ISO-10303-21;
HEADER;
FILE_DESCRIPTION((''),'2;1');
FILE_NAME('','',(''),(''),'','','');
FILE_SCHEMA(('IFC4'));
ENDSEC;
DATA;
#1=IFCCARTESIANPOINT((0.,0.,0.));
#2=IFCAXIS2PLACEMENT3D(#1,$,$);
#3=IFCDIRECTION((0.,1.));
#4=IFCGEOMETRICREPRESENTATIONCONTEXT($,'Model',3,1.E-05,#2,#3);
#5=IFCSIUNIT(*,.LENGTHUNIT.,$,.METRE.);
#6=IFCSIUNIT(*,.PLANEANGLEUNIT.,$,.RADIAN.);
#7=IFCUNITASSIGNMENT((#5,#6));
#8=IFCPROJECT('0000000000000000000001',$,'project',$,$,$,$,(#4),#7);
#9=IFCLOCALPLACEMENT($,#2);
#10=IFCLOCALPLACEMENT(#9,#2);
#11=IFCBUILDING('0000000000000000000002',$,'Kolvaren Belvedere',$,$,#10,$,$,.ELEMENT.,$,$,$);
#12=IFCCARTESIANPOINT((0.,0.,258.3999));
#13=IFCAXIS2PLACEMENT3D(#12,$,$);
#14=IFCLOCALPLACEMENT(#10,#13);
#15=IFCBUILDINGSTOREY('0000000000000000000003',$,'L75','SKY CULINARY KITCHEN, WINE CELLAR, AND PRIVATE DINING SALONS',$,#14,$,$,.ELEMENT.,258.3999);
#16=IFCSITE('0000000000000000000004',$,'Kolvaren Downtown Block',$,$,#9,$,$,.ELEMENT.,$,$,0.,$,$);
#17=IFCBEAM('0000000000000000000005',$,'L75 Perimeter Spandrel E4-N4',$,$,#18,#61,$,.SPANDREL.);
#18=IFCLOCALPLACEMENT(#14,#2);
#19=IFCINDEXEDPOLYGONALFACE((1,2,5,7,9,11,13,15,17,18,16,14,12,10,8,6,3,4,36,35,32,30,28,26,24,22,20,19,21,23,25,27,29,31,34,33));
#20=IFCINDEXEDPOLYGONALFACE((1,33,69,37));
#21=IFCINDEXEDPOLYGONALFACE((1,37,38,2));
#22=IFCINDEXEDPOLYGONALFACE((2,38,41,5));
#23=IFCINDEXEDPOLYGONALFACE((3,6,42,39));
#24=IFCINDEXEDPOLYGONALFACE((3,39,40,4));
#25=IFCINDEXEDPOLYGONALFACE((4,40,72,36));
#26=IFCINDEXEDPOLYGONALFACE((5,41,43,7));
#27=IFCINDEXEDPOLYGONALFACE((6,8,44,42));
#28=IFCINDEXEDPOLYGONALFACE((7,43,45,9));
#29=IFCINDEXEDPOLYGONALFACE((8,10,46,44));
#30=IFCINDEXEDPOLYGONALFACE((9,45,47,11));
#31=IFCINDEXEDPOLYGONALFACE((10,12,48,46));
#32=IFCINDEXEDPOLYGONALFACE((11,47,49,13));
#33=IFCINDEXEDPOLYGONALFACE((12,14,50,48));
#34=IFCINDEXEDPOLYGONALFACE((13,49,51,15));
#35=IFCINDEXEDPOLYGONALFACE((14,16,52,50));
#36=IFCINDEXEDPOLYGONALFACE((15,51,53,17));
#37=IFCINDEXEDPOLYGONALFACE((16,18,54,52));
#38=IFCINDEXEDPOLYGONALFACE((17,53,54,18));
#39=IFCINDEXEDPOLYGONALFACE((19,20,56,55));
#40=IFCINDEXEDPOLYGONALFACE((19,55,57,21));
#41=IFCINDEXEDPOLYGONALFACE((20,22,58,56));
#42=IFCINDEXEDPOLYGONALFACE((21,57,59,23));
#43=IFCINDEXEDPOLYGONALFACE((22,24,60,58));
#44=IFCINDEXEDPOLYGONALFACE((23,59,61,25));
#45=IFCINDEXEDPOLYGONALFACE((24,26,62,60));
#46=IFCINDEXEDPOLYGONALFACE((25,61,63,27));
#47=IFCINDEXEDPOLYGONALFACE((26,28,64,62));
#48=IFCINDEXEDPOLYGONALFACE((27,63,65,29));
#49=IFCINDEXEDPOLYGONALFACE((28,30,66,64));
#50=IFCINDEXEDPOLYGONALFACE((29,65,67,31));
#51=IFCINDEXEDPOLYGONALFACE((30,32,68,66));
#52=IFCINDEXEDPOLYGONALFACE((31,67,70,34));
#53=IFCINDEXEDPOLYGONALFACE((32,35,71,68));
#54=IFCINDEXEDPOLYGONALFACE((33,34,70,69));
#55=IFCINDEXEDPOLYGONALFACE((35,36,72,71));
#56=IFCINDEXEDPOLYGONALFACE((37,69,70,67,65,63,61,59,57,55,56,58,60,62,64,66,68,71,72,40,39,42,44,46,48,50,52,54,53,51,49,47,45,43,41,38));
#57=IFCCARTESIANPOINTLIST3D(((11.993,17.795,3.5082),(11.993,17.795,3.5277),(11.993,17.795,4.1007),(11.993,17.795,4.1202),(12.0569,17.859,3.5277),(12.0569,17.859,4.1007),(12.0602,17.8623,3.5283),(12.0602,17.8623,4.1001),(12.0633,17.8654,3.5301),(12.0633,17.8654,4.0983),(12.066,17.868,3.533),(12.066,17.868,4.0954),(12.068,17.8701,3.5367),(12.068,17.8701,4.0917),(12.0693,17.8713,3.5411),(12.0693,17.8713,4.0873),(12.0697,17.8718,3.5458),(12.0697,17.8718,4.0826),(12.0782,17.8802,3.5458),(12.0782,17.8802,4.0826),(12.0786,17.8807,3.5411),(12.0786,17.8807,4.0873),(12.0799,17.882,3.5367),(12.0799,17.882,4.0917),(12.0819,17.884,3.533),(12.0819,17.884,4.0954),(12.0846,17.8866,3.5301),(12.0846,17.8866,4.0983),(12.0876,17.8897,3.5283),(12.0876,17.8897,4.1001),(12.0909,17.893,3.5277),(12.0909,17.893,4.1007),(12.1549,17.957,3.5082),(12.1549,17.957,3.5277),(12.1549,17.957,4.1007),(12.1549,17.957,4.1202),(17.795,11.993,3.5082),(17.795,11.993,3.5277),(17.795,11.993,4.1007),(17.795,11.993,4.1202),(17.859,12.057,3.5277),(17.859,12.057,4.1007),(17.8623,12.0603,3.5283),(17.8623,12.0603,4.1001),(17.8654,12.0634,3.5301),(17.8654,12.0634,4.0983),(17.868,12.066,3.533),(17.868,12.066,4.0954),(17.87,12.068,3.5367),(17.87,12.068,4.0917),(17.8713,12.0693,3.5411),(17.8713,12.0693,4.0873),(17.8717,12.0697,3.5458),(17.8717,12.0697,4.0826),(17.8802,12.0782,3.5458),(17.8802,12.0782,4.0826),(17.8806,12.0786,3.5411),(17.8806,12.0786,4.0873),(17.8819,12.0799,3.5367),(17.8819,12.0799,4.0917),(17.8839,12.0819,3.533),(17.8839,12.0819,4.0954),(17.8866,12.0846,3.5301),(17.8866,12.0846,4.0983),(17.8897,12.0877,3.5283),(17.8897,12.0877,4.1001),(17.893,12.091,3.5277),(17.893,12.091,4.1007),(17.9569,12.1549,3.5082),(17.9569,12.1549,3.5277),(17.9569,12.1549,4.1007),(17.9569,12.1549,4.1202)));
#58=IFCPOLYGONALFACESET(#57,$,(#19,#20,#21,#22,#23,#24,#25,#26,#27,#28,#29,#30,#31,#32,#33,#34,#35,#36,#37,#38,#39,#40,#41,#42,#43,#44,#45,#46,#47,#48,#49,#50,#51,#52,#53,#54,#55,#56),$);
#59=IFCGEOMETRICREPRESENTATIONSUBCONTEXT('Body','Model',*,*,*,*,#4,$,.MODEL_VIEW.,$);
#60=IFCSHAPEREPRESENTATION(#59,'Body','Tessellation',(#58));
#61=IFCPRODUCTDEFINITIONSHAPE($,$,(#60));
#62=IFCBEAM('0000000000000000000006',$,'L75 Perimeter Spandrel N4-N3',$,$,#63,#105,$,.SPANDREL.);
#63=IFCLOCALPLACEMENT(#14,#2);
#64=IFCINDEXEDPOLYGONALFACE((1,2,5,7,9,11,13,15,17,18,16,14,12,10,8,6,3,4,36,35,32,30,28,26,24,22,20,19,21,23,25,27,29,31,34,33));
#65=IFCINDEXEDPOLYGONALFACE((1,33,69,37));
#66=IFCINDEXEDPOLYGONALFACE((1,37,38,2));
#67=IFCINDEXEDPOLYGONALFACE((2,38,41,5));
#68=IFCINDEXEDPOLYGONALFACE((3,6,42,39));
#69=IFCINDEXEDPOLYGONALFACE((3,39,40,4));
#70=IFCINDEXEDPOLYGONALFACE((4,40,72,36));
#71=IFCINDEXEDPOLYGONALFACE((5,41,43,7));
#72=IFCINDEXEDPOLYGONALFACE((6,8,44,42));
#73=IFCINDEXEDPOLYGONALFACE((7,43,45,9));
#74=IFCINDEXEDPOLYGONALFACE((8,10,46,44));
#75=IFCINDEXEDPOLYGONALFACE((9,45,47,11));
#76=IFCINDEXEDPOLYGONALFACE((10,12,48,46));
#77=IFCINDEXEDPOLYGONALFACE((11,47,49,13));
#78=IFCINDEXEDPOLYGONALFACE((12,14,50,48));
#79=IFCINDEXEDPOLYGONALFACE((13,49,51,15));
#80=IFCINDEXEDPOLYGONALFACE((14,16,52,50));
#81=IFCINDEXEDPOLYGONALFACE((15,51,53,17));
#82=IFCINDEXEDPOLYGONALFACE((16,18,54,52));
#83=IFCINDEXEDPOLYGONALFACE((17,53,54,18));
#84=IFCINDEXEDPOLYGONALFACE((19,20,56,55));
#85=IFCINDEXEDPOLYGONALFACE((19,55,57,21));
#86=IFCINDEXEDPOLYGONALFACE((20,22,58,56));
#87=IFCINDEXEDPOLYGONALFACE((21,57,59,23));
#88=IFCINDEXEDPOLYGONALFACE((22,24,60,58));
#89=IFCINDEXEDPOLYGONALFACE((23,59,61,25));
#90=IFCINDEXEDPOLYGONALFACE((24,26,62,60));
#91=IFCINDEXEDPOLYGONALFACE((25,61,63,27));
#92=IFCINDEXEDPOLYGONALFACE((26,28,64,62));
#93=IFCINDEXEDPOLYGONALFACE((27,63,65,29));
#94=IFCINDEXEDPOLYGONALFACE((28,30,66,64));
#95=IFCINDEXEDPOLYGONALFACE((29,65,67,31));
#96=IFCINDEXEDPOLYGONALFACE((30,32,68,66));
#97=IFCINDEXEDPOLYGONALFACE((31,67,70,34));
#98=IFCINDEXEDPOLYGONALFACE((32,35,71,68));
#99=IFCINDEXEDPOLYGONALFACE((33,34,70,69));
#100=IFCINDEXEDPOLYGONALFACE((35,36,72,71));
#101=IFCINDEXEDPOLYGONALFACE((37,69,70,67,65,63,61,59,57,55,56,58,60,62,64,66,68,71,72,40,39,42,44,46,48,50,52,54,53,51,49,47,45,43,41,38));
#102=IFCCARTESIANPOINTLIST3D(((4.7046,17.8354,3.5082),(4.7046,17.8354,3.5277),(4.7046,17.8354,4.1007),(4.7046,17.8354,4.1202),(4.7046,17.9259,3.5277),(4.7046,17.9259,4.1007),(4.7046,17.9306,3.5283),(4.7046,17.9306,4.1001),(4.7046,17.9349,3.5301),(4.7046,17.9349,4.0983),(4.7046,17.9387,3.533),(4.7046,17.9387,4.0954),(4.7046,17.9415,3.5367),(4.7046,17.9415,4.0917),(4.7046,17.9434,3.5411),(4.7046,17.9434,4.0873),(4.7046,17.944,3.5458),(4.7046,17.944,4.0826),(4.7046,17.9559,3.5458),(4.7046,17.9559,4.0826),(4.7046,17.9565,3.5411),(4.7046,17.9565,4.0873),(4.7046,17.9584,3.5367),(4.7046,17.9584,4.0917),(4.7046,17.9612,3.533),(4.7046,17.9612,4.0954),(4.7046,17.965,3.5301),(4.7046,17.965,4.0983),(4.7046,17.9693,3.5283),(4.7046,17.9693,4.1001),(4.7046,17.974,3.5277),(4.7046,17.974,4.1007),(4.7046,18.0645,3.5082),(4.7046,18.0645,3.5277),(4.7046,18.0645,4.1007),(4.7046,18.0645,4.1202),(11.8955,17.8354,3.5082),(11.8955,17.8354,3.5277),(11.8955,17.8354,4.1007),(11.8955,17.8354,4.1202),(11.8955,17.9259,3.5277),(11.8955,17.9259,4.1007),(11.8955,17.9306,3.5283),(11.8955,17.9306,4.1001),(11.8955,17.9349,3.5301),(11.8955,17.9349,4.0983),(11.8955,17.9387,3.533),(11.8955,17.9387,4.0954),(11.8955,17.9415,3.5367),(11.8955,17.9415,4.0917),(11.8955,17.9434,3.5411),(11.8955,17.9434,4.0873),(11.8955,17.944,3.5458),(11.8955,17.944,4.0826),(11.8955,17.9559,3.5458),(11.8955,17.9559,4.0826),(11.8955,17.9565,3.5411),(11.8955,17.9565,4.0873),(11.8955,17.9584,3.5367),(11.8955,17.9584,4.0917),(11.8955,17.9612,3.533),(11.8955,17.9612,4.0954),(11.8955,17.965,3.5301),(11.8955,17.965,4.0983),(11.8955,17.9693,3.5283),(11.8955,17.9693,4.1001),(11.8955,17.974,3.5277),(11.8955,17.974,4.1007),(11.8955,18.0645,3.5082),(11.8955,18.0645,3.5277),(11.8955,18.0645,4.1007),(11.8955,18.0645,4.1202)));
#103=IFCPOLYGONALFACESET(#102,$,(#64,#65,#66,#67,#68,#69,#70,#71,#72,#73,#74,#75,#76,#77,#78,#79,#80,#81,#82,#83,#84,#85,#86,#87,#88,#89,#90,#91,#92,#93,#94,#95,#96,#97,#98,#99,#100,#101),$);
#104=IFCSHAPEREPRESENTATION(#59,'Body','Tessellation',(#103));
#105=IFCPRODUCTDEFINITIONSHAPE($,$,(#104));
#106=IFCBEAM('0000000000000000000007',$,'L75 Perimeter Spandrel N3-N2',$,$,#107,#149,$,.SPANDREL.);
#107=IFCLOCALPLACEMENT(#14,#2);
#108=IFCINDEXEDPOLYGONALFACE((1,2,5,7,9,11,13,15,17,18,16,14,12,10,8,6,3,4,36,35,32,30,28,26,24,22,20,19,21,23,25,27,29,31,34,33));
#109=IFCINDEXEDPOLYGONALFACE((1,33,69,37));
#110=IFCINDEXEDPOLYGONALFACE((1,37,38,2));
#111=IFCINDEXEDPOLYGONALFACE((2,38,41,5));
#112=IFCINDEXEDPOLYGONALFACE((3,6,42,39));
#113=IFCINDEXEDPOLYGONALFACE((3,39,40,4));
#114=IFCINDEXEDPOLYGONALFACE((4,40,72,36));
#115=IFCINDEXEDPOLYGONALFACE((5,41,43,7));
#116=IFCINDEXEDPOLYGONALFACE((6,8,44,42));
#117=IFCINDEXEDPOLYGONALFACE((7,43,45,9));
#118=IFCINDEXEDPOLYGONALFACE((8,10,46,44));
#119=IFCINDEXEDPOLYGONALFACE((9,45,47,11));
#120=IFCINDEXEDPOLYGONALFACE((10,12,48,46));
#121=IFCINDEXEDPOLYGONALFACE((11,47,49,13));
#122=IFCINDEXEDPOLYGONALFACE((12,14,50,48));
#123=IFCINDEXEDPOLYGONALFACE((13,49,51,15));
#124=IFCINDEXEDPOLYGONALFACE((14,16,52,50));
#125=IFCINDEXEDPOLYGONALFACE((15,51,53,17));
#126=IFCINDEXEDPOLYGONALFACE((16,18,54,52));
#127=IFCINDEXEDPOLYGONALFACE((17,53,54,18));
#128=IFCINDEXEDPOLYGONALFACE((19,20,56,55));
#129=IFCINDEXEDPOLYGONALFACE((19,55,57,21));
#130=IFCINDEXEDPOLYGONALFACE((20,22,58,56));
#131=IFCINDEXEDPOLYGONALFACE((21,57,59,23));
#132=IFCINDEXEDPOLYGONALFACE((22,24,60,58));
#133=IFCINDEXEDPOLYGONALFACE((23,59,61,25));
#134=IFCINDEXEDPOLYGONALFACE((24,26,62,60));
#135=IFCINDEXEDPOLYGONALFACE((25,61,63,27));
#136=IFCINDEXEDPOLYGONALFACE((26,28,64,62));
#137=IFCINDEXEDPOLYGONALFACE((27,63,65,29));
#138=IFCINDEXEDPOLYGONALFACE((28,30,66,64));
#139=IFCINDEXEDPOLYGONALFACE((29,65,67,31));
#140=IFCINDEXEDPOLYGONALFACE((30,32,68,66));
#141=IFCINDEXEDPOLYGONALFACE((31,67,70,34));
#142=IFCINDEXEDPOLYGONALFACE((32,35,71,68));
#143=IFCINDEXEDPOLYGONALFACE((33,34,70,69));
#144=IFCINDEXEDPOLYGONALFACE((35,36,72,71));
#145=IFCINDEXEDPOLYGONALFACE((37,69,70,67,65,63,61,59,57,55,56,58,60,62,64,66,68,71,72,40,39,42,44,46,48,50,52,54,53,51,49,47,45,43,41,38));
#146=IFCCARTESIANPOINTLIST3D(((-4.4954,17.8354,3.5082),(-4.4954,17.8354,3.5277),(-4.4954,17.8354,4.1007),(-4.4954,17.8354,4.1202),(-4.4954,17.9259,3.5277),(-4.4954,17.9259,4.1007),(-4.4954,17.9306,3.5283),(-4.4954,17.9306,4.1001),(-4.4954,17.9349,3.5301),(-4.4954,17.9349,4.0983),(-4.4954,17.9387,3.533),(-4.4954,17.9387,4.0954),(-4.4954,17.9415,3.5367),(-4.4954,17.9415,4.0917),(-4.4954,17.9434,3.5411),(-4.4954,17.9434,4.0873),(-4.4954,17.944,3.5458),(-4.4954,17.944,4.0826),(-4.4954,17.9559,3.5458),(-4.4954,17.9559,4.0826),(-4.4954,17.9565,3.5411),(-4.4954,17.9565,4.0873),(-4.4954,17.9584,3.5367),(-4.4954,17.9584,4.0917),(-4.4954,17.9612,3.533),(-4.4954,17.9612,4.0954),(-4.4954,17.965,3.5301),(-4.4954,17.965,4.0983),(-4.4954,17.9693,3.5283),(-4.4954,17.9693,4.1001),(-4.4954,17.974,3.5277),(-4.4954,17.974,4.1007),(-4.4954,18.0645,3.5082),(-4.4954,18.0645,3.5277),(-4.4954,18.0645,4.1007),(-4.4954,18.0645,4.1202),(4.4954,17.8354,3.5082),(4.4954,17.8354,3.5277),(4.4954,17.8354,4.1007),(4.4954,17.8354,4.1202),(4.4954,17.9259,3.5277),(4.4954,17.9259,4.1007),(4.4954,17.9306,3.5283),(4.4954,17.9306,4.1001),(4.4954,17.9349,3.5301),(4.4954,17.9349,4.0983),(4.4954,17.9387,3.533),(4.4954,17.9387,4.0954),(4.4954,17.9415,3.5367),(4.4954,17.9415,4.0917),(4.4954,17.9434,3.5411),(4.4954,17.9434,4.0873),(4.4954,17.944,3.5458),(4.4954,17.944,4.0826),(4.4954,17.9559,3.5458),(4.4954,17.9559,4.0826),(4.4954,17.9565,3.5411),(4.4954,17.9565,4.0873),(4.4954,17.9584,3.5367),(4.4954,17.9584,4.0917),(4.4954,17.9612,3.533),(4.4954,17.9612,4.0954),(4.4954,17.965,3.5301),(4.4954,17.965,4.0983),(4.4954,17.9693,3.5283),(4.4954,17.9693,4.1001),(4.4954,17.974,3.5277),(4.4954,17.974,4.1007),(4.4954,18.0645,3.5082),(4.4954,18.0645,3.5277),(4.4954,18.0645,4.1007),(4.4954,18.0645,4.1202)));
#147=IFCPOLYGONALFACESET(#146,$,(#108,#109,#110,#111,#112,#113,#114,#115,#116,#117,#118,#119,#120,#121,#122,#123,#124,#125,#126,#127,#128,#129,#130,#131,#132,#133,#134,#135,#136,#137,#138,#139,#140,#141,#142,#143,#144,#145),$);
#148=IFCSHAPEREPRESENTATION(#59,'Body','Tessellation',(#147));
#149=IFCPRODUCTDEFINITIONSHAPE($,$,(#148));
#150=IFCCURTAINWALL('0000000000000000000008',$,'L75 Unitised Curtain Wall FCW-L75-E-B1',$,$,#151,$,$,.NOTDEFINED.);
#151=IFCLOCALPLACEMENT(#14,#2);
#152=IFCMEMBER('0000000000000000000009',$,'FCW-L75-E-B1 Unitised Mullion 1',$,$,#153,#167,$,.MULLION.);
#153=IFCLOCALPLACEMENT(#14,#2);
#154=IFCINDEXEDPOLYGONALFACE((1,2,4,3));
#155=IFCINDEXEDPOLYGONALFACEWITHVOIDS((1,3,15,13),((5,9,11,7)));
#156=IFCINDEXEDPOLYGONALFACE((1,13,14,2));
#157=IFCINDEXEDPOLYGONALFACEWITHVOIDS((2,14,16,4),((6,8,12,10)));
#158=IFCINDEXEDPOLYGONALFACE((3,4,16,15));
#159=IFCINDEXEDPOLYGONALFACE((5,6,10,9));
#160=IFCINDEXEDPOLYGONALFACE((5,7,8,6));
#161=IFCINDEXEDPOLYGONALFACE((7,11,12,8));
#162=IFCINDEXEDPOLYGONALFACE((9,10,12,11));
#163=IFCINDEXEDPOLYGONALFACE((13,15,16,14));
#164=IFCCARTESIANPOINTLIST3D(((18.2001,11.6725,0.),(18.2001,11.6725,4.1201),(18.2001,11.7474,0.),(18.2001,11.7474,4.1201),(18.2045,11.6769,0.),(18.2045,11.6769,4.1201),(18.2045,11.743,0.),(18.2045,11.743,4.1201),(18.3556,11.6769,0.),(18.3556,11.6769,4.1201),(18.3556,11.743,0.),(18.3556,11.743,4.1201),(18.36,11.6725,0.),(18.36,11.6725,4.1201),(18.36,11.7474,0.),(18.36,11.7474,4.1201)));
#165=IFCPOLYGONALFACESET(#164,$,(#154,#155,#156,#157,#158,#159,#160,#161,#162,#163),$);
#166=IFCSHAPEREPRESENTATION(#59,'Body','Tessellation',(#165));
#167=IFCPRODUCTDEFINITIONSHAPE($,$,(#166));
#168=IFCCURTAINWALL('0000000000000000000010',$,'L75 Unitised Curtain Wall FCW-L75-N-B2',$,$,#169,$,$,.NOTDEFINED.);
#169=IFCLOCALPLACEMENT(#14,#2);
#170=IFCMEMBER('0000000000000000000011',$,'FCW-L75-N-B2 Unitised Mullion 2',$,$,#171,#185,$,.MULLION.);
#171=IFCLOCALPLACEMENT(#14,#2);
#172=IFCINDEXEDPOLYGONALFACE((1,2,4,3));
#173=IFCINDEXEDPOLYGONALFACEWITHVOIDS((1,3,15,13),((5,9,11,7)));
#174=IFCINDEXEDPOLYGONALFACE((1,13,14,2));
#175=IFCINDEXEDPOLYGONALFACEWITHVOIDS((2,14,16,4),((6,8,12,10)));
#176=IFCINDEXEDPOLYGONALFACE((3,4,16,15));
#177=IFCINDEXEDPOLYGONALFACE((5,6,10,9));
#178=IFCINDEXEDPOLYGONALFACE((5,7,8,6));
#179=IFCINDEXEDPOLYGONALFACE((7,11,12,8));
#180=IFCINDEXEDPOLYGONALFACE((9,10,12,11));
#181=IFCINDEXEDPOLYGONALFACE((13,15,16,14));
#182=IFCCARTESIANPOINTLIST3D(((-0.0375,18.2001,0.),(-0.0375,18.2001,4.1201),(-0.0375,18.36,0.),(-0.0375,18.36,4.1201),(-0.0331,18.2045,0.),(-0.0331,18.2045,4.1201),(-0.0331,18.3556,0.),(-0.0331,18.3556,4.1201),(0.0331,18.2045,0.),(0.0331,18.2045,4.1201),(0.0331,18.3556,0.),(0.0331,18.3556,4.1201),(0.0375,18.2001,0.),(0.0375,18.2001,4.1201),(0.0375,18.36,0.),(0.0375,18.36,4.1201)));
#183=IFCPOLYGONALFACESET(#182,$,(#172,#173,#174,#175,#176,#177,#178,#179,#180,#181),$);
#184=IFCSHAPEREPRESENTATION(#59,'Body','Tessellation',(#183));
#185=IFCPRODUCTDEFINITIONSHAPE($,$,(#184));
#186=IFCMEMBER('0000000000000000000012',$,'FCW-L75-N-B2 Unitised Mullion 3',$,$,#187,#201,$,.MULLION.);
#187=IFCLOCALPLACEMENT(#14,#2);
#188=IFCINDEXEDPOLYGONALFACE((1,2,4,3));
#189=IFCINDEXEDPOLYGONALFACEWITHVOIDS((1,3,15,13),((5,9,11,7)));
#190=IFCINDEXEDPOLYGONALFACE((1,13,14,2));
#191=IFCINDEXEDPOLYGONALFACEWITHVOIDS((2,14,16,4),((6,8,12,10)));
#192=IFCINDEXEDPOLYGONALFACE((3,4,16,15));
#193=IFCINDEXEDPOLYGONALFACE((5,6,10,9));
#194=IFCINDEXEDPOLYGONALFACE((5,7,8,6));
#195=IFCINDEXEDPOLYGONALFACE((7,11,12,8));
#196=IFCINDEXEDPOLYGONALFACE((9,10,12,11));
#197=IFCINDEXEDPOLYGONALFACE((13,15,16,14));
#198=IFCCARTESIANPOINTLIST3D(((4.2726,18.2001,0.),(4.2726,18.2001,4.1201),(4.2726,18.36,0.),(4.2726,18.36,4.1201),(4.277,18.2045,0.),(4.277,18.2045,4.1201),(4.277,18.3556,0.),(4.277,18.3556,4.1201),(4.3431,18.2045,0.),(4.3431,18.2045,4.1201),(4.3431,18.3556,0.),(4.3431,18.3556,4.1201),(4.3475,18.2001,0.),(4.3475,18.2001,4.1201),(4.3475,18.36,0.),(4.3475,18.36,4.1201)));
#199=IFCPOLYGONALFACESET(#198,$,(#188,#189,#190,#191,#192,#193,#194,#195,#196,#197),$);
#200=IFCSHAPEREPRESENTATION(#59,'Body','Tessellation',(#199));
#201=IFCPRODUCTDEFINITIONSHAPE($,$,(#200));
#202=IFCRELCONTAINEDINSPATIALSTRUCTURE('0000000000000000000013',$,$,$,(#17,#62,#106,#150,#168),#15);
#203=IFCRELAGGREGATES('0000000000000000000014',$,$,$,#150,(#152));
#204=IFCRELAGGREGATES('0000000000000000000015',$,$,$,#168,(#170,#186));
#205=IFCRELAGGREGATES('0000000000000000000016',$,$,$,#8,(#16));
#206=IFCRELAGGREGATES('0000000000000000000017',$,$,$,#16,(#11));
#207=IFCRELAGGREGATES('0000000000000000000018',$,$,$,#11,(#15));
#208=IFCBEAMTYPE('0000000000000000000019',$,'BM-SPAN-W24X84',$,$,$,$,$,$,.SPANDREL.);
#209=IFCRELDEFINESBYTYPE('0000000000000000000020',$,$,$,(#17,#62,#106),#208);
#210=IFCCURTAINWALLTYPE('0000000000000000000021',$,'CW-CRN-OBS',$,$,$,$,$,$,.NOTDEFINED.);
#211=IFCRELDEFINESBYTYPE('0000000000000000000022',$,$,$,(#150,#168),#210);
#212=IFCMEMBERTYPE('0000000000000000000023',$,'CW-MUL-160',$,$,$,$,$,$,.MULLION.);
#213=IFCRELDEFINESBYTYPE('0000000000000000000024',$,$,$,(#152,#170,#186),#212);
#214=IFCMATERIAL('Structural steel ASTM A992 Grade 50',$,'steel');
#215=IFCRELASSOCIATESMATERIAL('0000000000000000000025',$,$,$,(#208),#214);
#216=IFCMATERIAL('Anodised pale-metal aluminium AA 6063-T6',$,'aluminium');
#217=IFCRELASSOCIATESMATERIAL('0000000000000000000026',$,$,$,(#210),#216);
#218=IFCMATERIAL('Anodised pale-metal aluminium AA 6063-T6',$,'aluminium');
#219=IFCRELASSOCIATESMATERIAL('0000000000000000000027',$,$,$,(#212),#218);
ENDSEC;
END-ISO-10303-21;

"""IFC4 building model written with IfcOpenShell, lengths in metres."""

from ifc_helpers import new_model, si_unit, direction, frame, origin, origin_2d, place, context, subcontext, project, spatial, hollow_rectangle, i_section, extrude, material, material_profile, profile_set, type_object, element, aggregate, save


model = new_model("IFC4")

# Units and contexts
model_context = context("Model", 3, precision=1e-05, world=origin(), true_north=direction((0.0, 1.0)))
body_context = subcontext(model_context, "Body", "Model", "MODEL_VIEW")
ifc_project = project(units=[si_unit("LENGTHUNIT", "METRE"), si_unit("PLANEANGLEUNIT", "RADIAN")], contexts=[model_context])

# Site, building, storey
site_placement = place(None, origin())
site = spatial("IfcSite", under=ifc_project, at=site_placement, Name="Kolvaren Downtown Block", CompositionType="ELEMENT", RefElevation=0.0)
building_placement = place(site_placement, origin())
building = spatial("IfcBuilding", under=site, at=building_placement, Name="Kolvaren Belvedere", CompositionType="ELEMENT")
storey_placement = place(building_placement, frame((0.0, 0.0, 258.3999)))
storey = spatial("IfcBuildingStorey", under=building, at=storey_placement, Name="L75", Description="SKY CULINARY KITCHEN, WINE CELLAR, AND PRIVATE DINING SALONS", CompositionType="ELEMENT", Elevation=258.3999)

# Beams
ifc_material_1 = material(Name="Structural steel ASTM A992 Grade 50", Category="steel")
ifc_material_profile_1 = material_profile(ifc_material_1, i_section(OverallWidth=0.229, OverallDepth=0.6121, WebThickness=0.012, FlangeThickness=0.0195, FilletRadius=0.0181, at=origin_2d()), Name="W24X84")
ifc_profile_set_1 = profile_set([ifc_material_profile_1], Name="Structural steel ASTM A992 Grade 50")
beam_type_1 = type_object("IfcBeamType", Name="BM-SPAN-W24X84", PredefinedType="SPANDREL", material=ifc_profile_set_1)
beam_1_placement = place(storey_placement, frame((17.876, 12.074, 3.8142), z_axis=(-0.707107, 0.707107, 0.0), x_axis=(-0.707107, -0.707107, 0.0)))
element("IfcBeam", 1, at=beam_1_placement, inside=storey, type_object=beam_type_1, Name="L75 Perimeter Spandrel E4-N4", PredefinedType="SPANDREL", context=body_context, shape_type="SweptSolid", body=[
    extrude(i_section(OverallWidth=0.229, OverallDepth=0.6121, WebThickness=0.012, FlangeThickness=0.0195, FilletRadius=0.0181, at=origin_2d()), origin(), (0.0, 0.0, 1.0), 8.2053),
])
beam_2_placement = place(storey_placement, frame((11.8955, 17.95, 3.8142), z_axis=(-1.0, 0.0, 0.0), x_axis=(0.0, -1.0, 0.0)))
element("IfcBeam", 2, at=beam_2_placement, inside=storey, type_object=beam_type_1, Name="L75 Perimeter Spandrel N4-N3", PredefinedType="SPANDREL", context=body_context, shape_type="SweptSolid", body=[
    extrude(i_section(OverallWidth=0.229, OverallDepth=0.6121, WebThickness=0.012, FlangeThickness=0.0195, FilletRadius=0.0181, at=origin_2d()), origin(), (0.0, 0.0, 1.0), 7.1909),
])
beam_3_placement = place(storey_placement, frame((4.4954, 17.95, 3.8142), z_axis=(-1.0, 0.0, 0.0), x_axis=(0.0, -1.0, 0.0)))
element("IfcBeam", 3, at=beam_3_placement, inside=storey, type_object=beam_type_1, Name="L75 Perimeter Spandrel N3-N2", PredefinedType="SPANDREL", context=body_context, shape_type="SweptSolid", body=[
    extrude(i_section(OverallWidth=0.229, OverallDepth=0.6121, WebThickness=0.012, FlangeThickness=0.0195, FilletRadius=0.0181, at=origin_2d()), origin(), (0.0, 0.0, 1.0), 8.9907),
])

# Curtain wall, member
ifc_material_2 = material(Name="Anodised pale-metal aluminium AA 6063-T6", Category="aluminium")
curtain_wall_type = type_object("IfcCurtainWallType", Name="CW-CRN-OBS", PredefinedType="NOTDEFINED", material=ifc_material_2)
curtain_wall_1_placement = place(storey_placement, origin())
curtain_wall_1 = element("IfcCurtainWall", 4, at=curtain_wall_1_placement, inside=storey, type_object=curtain_wall_type, Name="L75 Unitised Curtain Wall FCW-L75-E-B1", PredefinedType="NOTDEFINED")
ifc_material_3 = material(Name="Anodised pale-metal aluminium AA 6063-T6", Category="aluminium")
ifc_material_profile_2 = material_profile(ifc_material_3, hollow_rectangle(XDim=0.075, YDim=0.1599, WallThickness=0.0044, at=origin_2d()), Name="ALU-MUL-160X75")
ifc_profile_set_2 = profile_set([ifc_material_profile_2], Name="Anodised pale-metal aluminium AA 6063-T6")
member_type_1 = type_object("IfcMemberType", Name="CW-MUL-160", PredefinedType="MULLION", material=ifc_profile_set_2)
member_1_placement = place(storey_placement, frame((18.28, 11.71, 0.0), z_axis=(0.0, 0.0, 1.0), x_axis=(0.0, 1.0, 0.0)))
member_1 = element("IfcMember", 5, at=member_1_placement, type_object=member_type_1, Name="FCW-L75-E-B1 Unitised Mullion 1", PredefinedType="MULLION", context=body_context, shape_type="SweptSolid", body=[
    extrude(hollow_rectangle(XDim=0.075, YDim=0.1599, WallThickness=0.0044, at=origin_2d()), origin(), (0.0, 0.0, 1.0), 4.1201),
])

# Curtain wall, members
curtain_wall_2_placement = place(storey_placement, origin())
curtain_wall_2 = element("IfcCurtainWall", 6, at=curtain_wall_2_placement, inside=storey, type_object=curtain_wall_type, Name="L75 Unitised Curtain Wall FCW-L75-N-B2", PredefinedType="NOTDEFINED")
member_2_placement = place(storey_placement, frame((0.0, 18.28, 0.0), z_axis=(0.0, 0.0, 1.0), x_axis=(1.0, 0.0, 0.0)))
member_2 = element("IfcMember", 7, at=member_2_placement, type_object=member_type_1, Name="FCW-L75-N-B2 Unitised Mullion 2", PredefinedType="MULLION", context=body_context, shape_type="SweptSolid", body=[
    extrude(hollow_rectangle(XDim=0.075, YDim=0.1599, WallThickness=0.0044, at=origin_2d()), origin(), (0.0, 0.0, 1.0), 4.1201),
])
member_3_placement = place(storey_placement, frame((4.3101, 18.28, 0.0), z_axis=(0.0, 0.0, 1.0), x_axis=(1.0, 0.0, 0.0)))
member_3 = element("IfcMember", 8, at=member_3_placement, type_object=member_type_1, Name="FCW-L75-N-B2 Unitised Mullion 3", PredefinedType="MULLION", context=body_context, shape_type="SweptSolid", body=[
    extrude(hollow_rectangle(XDim=0.075, YDim=0.1599, WallThickness=0.0044, at=origin_2d()), origin(), (0.0, 0.0, 1.0), 4.1201),
])

aggregate(curtain_wall_1, [member_1])
aggregate(curtain_wall_2, [member_2, member_3])

save(model, "model.ifc")
